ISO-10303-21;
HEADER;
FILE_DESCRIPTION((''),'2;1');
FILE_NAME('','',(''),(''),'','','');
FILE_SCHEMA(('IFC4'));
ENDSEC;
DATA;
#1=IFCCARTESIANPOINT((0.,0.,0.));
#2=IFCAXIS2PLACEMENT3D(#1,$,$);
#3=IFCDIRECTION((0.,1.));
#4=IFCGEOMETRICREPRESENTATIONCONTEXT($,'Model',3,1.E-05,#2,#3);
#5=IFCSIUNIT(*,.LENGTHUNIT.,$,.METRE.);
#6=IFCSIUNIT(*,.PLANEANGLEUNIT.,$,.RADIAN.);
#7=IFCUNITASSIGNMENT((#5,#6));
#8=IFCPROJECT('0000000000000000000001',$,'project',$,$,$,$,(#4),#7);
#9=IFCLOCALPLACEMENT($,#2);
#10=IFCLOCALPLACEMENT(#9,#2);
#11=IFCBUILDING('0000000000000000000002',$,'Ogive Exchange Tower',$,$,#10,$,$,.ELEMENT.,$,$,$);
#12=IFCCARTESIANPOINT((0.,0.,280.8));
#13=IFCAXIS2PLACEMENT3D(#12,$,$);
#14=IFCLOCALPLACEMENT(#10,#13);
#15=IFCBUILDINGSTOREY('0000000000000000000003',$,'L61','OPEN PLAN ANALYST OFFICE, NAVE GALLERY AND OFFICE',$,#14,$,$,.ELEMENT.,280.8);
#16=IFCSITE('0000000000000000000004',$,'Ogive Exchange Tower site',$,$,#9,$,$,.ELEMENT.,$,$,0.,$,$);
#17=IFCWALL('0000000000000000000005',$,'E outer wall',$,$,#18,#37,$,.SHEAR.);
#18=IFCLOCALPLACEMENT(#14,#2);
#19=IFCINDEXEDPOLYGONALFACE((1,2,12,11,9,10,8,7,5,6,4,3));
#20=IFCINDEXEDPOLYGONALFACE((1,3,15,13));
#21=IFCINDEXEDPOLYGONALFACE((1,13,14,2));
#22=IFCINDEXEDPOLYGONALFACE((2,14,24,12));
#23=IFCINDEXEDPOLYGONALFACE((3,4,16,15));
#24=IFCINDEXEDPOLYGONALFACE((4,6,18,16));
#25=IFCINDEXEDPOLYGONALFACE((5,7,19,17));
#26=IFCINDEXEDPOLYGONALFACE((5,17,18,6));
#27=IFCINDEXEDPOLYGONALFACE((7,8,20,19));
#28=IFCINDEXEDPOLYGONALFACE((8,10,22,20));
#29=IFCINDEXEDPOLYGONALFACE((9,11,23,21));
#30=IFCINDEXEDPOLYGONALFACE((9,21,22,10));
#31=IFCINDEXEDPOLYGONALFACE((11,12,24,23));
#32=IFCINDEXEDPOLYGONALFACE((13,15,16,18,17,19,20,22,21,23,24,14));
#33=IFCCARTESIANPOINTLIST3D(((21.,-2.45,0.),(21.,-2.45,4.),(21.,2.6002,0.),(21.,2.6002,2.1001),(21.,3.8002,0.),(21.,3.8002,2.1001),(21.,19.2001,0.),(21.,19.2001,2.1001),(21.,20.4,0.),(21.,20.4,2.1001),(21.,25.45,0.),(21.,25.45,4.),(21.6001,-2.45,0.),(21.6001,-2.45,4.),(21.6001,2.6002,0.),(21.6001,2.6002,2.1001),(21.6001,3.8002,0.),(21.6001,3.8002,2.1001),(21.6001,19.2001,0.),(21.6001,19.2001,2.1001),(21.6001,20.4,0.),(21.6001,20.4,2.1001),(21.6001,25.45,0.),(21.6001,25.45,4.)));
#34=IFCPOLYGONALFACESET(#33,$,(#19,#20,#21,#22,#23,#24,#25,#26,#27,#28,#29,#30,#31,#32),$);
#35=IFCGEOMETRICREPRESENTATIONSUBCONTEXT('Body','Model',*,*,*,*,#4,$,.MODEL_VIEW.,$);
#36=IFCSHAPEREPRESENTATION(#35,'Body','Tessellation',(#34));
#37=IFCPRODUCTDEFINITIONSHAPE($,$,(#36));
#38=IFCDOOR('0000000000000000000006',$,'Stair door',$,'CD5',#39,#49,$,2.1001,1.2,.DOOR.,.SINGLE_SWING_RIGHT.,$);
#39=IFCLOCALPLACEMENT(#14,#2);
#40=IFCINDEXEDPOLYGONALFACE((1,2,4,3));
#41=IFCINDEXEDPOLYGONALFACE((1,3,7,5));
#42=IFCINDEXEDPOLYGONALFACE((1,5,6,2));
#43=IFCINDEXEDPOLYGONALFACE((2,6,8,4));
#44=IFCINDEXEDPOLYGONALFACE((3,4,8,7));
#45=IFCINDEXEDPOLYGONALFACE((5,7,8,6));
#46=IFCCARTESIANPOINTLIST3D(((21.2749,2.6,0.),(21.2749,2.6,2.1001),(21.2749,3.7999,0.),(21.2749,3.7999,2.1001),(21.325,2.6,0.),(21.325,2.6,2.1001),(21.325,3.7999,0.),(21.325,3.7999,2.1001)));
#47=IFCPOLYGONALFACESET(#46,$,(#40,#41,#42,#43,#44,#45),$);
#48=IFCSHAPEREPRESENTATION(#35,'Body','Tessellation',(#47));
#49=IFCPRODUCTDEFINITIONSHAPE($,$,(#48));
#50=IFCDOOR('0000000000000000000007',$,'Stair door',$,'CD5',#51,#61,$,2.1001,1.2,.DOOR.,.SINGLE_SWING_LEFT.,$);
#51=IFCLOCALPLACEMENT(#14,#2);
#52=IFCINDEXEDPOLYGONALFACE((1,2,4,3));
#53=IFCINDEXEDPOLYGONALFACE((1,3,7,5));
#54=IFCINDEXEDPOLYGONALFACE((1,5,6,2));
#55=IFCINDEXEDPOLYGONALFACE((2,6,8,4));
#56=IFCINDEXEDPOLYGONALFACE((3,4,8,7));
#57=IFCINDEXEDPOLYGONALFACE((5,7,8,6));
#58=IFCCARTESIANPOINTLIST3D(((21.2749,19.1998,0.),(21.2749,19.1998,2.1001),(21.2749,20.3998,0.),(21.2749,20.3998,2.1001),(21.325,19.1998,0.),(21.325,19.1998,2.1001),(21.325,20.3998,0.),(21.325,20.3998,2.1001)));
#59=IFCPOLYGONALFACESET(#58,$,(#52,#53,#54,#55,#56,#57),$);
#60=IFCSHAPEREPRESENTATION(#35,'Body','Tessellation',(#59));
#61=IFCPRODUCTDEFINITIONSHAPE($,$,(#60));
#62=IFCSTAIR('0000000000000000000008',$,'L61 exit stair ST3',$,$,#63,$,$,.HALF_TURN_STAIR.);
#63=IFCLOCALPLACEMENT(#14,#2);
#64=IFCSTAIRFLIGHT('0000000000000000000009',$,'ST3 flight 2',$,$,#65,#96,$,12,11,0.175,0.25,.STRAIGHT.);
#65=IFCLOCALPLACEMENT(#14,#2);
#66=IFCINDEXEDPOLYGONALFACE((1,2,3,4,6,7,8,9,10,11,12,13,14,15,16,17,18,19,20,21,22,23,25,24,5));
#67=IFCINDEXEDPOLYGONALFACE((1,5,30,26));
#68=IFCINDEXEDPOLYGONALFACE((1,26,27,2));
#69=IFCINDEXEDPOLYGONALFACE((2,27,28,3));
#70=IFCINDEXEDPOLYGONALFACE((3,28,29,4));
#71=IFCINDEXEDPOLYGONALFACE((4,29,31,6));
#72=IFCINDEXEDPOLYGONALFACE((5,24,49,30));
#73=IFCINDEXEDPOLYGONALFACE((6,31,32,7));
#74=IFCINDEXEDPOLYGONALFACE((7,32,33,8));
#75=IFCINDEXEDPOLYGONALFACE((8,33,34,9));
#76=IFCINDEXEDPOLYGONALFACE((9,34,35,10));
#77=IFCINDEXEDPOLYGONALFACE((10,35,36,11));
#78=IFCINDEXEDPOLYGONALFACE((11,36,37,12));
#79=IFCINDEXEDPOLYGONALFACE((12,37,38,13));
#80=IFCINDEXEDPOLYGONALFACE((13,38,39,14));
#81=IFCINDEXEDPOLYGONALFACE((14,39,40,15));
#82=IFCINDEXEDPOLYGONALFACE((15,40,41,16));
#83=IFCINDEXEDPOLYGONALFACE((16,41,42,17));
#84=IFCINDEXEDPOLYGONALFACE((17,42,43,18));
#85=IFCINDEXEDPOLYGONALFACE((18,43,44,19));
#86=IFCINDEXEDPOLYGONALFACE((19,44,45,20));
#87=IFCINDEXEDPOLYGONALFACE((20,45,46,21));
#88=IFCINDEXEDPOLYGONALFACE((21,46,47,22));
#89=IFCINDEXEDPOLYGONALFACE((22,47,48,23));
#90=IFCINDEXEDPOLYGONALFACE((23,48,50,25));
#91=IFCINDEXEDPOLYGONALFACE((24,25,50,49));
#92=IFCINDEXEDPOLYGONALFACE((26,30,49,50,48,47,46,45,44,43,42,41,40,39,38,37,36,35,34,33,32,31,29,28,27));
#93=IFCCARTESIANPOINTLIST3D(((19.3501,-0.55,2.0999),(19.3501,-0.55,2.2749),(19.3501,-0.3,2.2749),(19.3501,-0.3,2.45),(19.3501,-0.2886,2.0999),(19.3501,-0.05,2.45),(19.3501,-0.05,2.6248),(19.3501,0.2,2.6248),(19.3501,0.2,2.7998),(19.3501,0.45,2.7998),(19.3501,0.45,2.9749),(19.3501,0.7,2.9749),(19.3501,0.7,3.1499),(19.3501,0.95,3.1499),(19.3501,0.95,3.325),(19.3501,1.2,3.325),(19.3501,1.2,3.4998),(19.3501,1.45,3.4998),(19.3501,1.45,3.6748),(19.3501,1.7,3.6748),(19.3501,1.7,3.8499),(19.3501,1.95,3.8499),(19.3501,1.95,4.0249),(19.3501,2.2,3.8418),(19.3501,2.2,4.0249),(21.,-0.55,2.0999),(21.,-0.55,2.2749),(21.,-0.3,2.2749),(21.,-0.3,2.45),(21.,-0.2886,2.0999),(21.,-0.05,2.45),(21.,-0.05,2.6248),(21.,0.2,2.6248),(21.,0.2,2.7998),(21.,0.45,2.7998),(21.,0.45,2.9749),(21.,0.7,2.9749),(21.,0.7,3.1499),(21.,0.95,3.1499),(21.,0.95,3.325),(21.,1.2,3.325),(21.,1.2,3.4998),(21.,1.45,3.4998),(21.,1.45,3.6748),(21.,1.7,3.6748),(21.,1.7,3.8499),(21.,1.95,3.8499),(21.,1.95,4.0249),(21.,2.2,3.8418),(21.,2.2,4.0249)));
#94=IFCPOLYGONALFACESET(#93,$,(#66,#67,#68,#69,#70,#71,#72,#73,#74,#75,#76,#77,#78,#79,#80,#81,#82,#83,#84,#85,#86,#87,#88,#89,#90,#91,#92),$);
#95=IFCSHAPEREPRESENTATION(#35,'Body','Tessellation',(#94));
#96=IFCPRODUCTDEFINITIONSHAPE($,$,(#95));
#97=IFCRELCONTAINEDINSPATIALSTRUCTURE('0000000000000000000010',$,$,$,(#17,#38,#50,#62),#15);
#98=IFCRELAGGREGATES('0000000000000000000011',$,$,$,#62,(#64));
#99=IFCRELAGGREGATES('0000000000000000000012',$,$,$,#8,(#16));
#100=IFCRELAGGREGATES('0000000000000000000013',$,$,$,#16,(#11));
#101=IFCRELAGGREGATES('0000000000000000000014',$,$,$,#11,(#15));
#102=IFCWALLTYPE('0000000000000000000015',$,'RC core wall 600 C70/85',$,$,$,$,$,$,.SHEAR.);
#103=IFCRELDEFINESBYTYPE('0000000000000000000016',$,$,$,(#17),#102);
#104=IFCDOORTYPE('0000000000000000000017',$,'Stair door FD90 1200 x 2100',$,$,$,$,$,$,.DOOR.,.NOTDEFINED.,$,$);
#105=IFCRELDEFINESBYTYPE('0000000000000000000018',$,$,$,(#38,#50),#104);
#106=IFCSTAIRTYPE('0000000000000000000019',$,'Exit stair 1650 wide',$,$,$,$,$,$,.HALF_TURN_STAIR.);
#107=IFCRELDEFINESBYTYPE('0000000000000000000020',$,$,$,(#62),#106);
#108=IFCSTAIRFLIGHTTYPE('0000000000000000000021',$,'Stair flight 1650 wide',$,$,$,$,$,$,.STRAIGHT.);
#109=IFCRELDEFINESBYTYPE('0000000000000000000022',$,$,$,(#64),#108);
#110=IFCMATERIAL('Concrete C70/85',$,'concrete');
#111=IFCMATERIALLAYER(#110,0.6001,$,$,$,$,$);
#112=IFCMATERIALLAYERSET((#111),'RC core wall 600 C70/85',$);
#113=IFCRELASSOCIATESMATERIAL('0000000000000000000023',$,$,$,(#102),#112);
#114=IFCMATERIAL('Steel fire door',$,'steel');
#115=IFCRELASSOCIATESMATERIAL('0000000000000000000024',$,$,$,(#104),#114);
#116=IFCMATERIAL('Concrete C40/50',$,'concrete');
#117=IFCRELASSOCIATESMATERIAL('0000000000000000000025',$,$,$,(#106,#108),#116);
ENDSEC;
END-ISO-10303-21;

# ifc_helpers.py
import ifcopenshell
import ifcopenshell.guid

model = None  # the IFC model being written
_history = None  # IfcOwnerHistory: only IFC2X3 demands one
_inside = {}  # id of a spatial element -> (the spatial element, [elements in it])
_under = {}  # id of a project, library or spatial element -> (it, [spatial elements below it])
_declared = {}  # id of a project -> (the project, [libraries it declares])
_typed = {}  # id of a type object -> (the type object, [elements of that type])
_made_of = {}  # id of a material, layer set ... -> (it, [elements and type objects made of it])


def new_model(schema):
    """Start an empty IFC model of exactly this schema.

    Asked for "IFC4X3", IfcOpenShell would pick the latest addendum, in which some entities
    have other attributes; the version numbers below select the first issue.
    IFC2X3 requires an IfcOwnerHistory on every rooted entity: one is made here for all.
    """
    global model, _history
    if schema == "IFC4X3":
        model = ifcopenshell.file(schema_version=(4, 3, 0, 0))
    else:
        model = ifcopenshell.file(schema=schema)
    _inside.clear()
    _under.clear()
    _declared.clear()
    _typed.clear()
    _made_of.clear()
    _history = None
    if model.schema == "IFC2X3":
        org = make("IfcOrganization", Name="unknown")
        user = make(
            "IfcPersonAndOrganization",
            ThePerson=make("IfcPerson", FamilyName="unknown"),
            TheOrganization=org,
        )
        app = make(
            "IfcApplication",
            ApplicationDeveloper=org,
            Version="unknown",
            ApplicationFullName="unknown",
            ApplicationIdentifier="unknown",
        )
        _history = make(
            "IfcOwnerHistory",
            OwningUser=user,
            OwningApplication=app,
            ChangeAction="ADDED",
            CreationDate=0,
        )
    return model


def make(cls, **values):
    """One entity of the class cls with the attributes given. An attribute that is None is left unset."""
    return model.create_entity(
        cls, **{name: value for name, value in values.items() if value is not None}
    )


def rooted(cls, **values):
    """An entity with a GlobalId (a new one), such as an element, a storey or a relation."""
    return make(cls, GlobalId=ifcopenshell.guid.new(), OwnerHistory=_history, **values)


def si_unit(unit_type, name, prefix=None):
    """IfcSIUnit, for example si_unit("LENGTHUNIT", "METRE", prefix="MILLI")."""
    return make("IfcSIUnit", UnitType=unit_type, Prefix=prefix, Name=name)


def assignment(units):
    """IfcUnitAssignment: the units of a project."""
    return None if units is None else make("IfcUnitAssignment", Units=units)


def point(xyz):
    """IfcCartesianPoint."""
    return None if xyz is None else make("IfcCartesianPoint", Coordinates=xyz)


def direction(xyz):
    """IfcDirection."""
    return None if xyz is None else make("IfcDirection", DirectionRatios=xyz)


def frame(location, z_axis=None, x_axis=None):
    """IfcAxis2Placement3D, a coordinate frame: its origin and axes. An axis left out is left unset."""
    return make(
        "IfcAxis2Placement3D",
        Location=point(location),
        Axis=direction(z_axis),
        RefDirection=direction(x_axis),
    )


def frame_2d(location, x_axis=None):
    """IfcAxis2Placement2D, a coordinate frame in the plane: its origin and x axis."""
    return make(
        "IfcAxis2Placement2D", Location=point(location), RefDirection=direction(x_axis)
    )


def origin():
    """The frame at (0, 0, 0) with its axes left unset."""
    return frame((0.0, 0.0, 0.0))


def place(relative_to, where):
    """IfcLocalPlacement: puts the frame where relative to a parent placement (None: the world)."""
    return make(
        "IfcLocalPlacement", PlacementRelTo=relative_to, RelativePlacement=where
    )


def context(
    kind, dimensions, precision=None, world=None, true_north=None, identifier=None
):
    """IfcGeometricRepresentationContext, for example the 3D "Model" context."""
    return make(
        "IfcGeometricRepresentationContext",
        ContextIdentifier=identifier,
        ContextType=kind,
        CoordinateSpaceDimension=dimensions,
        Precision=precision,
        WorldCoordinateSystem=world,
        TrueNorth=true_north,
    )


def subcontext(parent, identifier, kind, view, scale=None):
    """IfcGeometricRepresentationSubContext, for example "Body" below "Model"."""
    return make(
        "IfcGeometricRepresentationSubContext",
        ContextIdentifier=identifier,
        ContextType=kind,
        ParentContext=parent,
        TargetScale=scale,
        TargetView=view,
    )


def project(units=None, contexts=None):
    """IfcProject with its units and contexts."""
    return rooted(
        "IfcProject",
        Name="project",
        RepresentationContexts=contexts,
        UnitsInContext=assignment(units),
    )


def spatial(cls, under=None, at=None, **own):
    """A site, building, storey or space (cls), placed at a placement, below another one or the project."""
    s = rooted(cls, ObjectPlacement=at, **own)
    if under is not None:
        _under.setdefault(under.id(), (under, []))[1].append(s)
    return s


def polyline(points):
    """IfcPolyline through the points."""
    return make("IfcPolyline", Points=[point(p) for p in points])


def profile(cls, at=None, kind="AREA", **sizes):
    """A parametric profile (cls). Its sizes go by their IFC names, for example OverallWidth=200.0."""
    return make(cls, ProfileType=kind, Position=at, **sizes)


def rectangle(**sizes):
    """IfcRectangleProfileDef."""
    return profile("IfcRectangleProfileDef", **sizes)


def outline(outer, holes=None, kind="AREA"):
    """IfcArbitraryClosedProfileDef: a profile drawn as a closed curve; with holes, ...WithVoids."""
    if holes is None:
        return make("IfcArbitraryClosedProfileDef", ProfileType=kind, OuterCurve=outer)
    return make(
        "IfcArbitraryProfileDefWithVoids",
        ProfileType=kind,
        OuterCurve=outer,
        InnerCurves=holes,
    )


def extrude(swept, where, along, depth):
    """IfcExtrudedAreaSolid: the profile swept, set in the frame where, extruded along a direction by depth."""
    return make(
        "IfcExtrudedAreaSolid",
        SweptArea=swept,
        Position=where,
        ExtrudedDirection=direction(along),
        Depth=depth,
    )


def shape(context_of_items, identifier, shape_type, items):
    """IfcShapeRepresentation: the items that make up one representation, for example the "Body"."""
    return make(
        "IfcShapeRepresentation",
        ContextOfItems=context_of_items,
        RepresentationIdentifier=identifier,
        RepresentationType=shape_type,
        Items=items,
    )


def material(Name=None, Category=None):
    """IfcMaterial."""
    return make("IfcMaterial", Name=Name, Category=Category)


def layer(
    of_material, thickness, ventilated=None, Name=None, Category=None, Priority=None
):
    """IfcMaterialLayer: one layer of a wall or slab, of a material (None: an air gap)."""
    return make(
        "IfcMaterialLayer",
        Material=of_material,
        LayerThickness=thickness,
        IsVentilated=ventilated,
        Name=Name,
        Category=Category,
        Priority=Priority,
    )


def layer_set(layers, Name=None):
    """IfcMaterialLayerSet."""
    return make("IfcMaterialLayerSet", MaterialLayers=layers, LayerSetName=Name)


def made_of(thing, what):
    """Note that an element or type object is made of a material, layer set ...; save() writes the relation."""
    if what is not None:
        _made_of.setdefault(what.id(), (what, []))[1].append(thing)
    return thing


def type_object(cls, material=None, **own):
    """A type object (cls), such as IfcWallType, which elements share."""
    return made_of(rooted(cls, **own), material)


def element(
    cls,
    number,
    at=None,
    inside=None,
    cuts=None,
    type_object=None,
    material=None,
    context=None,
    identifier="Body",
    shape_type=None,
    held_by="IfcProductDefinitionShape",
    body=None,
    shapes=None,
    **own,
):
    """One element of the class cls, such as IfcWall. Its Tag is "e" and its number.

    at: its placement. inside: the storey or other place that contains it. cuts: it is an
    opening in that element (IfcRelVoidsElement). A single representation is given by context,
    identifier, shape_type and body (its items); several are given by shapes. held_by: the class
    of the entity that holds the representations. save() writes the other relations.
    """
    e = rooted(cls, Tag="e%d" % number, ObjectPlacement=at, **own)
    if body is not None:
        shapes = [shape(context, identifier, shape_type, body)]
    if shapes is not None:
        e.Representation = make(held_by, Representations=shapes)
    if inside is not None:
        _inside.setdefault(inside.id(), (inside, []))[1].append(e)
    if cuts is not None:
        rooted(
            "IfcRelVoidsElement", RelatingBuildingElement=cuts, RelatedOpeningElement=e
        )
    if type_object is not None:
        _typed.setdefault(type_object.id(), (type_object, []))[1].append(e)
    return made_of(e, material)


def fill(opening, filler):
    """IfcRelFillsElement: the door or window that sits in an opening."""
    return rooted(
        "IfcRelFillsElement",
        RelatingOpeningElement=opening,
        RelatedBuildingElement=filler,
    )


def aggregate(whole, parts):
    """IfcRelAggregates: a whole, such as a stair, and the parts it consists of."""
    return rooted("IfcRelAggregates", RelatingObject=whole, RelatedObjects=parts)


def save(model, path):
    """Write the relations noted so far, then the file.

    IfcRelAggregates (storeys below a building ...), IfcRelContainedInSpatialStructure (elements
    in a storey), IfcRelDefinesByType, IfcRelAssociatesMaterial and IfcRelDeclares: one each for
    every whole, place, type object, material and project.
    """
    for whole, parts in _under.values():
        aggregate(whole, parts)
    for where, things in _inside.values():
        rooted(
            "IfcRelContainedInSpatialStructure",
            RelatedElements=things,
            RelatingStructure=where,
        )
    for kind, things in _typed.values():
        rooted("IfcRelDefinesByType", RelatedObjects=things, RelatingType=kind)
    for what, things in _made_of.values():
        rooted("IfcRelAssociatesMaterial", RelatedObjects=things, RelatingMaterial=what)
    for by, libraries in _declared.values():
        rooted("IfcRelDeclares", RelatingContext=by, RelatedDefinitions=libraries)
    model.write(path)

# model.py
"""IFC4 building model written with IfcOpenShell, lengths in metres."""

from ifc_helpers import new_model, si_unit, direction, frame, frame_2d, origin, place, context, subcontext, project, spatial, polyline, rectangle, outline, extrude, material, layer, layer_set, type_object, element, fill, aggregate, save


model = new_model("IFC4")

# Units and contexts
model_context = context("Model", 3, precision=1e-05, world=origin(), true_north=direction((0.0, 1.0)))
body_context = subcontext(model_context, "Body", "Model", "MODEL_VIEW")
ifc_project = project(units=[si_unit("LENGTHUNIT", "METRE"), si_unit("PLANEANGLEUNIT", "RADIAN")], contexts=[model_context])

# Site, building, storey
site_placement = place(None, origin())
site = spatial("IfcSite", under=ifc_project, at=site_placement, Name="Ogive Exchange Tower site", CompositionType="ELEMENT", RefElevation=0.0)
building_placement = place(site_placement, origin())
building = spatial("IfcBuilding", under=site, at=building_placement, Name="Ogive Exchange Tower", CompositionType="ELEMENT")
storey_placement = place(building_placement, frame((0.0, 0.0, 280.8)))
storey = spatial("IfcBuildingStorey", under=building, at=storey_placement, Name="L61", Description="OPEN PLAN ANALYST OFFICE, NAVE GALLERY AND OFFICE", CompositionType="ELEMENT", Elevation=280.8)

# Wall, openings, doors
ifc_material_1 = material(Name="Concrete C70/85", Category="concrete")
ifc_layer_1 = layer(ifc_material_1, 0.6001)
ifc_layer_set_1 = layer_set([ifc_layer_1], Name="RC core wall 600 C70/85")
wall_type_1 = type_object("IfcWallType", Name="RC core wall 600 C70/85", PredefinedType="SHEAR", material=ifc_layer_set_1)
wall_1_placement = place(storey_placement, frame((21.3, -2.45, 0.0), z_axis=(0.0, 0.0, 1.0), x_axis=(0.0, 1.0, 0.0)))
wall_1 = element("IfcWall", 1, at=wall_1_placement, inside=storey, type_object=wall_type_1, Name="E outer wall", PredefinedType="SHEAR", context=body_context, shape_type="SweptSolid", body=[
    extrude(rectangle(XDim=27.8999, YDim=0.6001, at=frame_2d((13.95, 0.0))), origin(), (0.0, 0.0, 1.0), 4.0),
])
opening_1_placement = place(wall_1_placement, frame((5.05, 0.0, 0.0)))
opening_1 = element("IfcOpeningElement", 2, at=opening_1_placement, cuts=wall_1, PredefinedType="OPENING", context=body_context, shape_type="SweptSolid", body=[
    extrude(rectangle(XDim=1.2, YDim=2.1001, at=frame_2d((0.6001, 1.05))), frame((0.0, 0.3101, 0.0), z_axis=(0.0, -1.0, 0.0), x_axis=(1.0, 0.0, 0.0)), (0.0, 0.0, 1.0), 0.6201),
])
opening_2_placement = place(wall_1_placement, frame((21.6499, 0.0, 0.0)))
opening_2 = element("IfcOpeningElement", 3, at=opening_2_placement, cuts=wall_1, PredefinedType="OPENING", context=body_context, shape_type="SweptSolid", body=[
    extrude(rectangle(XDim=1.2, YDim=2.1001, at=frame_2d((0.6001, 1.05))), frame((0.0, 0.3101, 0.0), z_axis=(0.0, -1.0, 0.0), x_axis=(1.0, 0.0, 0.0)), (0.0, 0.0, 1.0), 0.6201),
])
ifc_material_2 = material(Name="Steel fire door", Category="steel")
door_type_1 = type_object("IfcDoorType", Name="Stair door FD90 1200 x 2100", OperationType="NOTDEFINED", PredefinedType="DOOR", material=ifc_material_2)
door_1_placement = place(opening_1_placement, frame((1.2, 0.0, 0.0), z_axis=(0.0, 0.0, 1.0), x_axis=(-1.0, 0.0, 0.0)))
door_1 = element("IfcDoor", 4, at=door_1_placement, inside=storey, type_object=door_type_1, Name="Stair door", ObjectType="CD5", OperationType="SINGLE_SWING_RIGHT", OverallHeight=2.1001, OverallWidth=1.2, PredefinedType="DOOR", context=body_context, shape_type="SweptSolid", body=[
    extrude(rectangle(XDim=1.2, YDim=2.1001, at=frame_2d((0.6001, 1.05))), frame((0.0, 0.0249, 0.0), z_axis=(0.0, -1.0, 0.0), x_axis=(1.0, 0.0, 0.0)), (0.0, 0.0, 1.0), 0.05),
])
fill(opening_1, door_1)
door_2_placement = place(opening_2_placement, frame((1.2, 0.0, 0.0), z_axis=(0.0, 0.0, 1.0), x_axis=(-1.0, 0.0, 0.0)))
door_2 = element("IfcDoor", 5, at=door_2_placement, inside=storey, type_object=door_type_1, Name="Stair door", ObjectType="CD5", OperationType="SINGLE_SWING_LEFT", OverallHeight=2.1001, OverallWidth=1.2, PredefinedType="DOOR", context=body_context, shape_type="SweptSolid", body=[
    extrude(rectangle(XDim=1.2, YDim=2.1001, at=frame_2d((0.6001, 1.05))), frame((0.0, 0.0249, 0.0), z_axis=(0.0, -1.0, 0.0), x_axis=(1.0, 0.0, 0.0)), (0.0, 0.0, 1.0), 0.05),
])
fill(opening_2, door_2)

# Stair, stair flight
ifc_material_3 = material(Name="Concrete C40/50", Category="concrete")
stair_type = type_object("IfcStairType", Name="Exit stair 1650 wide", PredefinedType="HALF_TURN_STAIR", material=ifc_material_3)
stair_placement = place(storey_placement, origin())
stair = element("IfcStair", 6, at=stair_placement, inside=storey, type_object=stair_type, Name="L61 exit stair ST3", PredefinedType="HALF_TURN_STAIR")
stair_flight_type = type_object("IfcStairFlightType", Name="Stair flight 1650 wide", PredefinedType="STRAIGHT", material=ifc_material_3)
stair_flight_placement = place(storey_placement, frame((20.175, -0.55, 2.0999), z_axis=(0.0, 0.0, 1.0), x_axis=(0.0, 1.0, 0.0)))
stair_flight = element("IfcStairFlight", 7, at=stair_flight_placement, type_object=stair_flight_type, Name="ST3 flight 2", NumberOfRisers=12, NumberOfTreads=11, PredefinedType="STRAIGHT", RiserHeight=0.175, TreadLength=0.25, context=body_context, shape_type="SweptSolid", body=[
    extrude(outline(polyline([(0.0, 0.0), (0.0, 0.175), (0.25, 0.175), (0.25, 0.3501), (0.5, 0.3501), (0.5, 0.5249), (0.75, 0.5249), (0.75, 0.7), (1.0, 0.7), (1.0, 0.875), (1.25, 0.875), (1.25, 1.05), (1.5, 1.05), (1.5, 1.2251), (1.75, 1.2251), (1.75, 1.3999), (2.0, 1.3999), (2.0, 1.575), (2.25, 1.575), (2.25, 1.75), (2.5, 1.75), (2.5, 1.925), (2.75, 1.925), (2.75, 2.1001), (2.75, 1.7419), (0.2615, 0.0), (0.0, 0.0)])), frame((0.0, 0.825, 0.0), z_axis=(0.0, -1.0, 0.0), x_axis=(1.0, 0.0, 0.0)), (0.0, 0.0, 1.0), 1.6499),
])
aggregate(stair, [stair_flight])

save(model, "model.ifc")
